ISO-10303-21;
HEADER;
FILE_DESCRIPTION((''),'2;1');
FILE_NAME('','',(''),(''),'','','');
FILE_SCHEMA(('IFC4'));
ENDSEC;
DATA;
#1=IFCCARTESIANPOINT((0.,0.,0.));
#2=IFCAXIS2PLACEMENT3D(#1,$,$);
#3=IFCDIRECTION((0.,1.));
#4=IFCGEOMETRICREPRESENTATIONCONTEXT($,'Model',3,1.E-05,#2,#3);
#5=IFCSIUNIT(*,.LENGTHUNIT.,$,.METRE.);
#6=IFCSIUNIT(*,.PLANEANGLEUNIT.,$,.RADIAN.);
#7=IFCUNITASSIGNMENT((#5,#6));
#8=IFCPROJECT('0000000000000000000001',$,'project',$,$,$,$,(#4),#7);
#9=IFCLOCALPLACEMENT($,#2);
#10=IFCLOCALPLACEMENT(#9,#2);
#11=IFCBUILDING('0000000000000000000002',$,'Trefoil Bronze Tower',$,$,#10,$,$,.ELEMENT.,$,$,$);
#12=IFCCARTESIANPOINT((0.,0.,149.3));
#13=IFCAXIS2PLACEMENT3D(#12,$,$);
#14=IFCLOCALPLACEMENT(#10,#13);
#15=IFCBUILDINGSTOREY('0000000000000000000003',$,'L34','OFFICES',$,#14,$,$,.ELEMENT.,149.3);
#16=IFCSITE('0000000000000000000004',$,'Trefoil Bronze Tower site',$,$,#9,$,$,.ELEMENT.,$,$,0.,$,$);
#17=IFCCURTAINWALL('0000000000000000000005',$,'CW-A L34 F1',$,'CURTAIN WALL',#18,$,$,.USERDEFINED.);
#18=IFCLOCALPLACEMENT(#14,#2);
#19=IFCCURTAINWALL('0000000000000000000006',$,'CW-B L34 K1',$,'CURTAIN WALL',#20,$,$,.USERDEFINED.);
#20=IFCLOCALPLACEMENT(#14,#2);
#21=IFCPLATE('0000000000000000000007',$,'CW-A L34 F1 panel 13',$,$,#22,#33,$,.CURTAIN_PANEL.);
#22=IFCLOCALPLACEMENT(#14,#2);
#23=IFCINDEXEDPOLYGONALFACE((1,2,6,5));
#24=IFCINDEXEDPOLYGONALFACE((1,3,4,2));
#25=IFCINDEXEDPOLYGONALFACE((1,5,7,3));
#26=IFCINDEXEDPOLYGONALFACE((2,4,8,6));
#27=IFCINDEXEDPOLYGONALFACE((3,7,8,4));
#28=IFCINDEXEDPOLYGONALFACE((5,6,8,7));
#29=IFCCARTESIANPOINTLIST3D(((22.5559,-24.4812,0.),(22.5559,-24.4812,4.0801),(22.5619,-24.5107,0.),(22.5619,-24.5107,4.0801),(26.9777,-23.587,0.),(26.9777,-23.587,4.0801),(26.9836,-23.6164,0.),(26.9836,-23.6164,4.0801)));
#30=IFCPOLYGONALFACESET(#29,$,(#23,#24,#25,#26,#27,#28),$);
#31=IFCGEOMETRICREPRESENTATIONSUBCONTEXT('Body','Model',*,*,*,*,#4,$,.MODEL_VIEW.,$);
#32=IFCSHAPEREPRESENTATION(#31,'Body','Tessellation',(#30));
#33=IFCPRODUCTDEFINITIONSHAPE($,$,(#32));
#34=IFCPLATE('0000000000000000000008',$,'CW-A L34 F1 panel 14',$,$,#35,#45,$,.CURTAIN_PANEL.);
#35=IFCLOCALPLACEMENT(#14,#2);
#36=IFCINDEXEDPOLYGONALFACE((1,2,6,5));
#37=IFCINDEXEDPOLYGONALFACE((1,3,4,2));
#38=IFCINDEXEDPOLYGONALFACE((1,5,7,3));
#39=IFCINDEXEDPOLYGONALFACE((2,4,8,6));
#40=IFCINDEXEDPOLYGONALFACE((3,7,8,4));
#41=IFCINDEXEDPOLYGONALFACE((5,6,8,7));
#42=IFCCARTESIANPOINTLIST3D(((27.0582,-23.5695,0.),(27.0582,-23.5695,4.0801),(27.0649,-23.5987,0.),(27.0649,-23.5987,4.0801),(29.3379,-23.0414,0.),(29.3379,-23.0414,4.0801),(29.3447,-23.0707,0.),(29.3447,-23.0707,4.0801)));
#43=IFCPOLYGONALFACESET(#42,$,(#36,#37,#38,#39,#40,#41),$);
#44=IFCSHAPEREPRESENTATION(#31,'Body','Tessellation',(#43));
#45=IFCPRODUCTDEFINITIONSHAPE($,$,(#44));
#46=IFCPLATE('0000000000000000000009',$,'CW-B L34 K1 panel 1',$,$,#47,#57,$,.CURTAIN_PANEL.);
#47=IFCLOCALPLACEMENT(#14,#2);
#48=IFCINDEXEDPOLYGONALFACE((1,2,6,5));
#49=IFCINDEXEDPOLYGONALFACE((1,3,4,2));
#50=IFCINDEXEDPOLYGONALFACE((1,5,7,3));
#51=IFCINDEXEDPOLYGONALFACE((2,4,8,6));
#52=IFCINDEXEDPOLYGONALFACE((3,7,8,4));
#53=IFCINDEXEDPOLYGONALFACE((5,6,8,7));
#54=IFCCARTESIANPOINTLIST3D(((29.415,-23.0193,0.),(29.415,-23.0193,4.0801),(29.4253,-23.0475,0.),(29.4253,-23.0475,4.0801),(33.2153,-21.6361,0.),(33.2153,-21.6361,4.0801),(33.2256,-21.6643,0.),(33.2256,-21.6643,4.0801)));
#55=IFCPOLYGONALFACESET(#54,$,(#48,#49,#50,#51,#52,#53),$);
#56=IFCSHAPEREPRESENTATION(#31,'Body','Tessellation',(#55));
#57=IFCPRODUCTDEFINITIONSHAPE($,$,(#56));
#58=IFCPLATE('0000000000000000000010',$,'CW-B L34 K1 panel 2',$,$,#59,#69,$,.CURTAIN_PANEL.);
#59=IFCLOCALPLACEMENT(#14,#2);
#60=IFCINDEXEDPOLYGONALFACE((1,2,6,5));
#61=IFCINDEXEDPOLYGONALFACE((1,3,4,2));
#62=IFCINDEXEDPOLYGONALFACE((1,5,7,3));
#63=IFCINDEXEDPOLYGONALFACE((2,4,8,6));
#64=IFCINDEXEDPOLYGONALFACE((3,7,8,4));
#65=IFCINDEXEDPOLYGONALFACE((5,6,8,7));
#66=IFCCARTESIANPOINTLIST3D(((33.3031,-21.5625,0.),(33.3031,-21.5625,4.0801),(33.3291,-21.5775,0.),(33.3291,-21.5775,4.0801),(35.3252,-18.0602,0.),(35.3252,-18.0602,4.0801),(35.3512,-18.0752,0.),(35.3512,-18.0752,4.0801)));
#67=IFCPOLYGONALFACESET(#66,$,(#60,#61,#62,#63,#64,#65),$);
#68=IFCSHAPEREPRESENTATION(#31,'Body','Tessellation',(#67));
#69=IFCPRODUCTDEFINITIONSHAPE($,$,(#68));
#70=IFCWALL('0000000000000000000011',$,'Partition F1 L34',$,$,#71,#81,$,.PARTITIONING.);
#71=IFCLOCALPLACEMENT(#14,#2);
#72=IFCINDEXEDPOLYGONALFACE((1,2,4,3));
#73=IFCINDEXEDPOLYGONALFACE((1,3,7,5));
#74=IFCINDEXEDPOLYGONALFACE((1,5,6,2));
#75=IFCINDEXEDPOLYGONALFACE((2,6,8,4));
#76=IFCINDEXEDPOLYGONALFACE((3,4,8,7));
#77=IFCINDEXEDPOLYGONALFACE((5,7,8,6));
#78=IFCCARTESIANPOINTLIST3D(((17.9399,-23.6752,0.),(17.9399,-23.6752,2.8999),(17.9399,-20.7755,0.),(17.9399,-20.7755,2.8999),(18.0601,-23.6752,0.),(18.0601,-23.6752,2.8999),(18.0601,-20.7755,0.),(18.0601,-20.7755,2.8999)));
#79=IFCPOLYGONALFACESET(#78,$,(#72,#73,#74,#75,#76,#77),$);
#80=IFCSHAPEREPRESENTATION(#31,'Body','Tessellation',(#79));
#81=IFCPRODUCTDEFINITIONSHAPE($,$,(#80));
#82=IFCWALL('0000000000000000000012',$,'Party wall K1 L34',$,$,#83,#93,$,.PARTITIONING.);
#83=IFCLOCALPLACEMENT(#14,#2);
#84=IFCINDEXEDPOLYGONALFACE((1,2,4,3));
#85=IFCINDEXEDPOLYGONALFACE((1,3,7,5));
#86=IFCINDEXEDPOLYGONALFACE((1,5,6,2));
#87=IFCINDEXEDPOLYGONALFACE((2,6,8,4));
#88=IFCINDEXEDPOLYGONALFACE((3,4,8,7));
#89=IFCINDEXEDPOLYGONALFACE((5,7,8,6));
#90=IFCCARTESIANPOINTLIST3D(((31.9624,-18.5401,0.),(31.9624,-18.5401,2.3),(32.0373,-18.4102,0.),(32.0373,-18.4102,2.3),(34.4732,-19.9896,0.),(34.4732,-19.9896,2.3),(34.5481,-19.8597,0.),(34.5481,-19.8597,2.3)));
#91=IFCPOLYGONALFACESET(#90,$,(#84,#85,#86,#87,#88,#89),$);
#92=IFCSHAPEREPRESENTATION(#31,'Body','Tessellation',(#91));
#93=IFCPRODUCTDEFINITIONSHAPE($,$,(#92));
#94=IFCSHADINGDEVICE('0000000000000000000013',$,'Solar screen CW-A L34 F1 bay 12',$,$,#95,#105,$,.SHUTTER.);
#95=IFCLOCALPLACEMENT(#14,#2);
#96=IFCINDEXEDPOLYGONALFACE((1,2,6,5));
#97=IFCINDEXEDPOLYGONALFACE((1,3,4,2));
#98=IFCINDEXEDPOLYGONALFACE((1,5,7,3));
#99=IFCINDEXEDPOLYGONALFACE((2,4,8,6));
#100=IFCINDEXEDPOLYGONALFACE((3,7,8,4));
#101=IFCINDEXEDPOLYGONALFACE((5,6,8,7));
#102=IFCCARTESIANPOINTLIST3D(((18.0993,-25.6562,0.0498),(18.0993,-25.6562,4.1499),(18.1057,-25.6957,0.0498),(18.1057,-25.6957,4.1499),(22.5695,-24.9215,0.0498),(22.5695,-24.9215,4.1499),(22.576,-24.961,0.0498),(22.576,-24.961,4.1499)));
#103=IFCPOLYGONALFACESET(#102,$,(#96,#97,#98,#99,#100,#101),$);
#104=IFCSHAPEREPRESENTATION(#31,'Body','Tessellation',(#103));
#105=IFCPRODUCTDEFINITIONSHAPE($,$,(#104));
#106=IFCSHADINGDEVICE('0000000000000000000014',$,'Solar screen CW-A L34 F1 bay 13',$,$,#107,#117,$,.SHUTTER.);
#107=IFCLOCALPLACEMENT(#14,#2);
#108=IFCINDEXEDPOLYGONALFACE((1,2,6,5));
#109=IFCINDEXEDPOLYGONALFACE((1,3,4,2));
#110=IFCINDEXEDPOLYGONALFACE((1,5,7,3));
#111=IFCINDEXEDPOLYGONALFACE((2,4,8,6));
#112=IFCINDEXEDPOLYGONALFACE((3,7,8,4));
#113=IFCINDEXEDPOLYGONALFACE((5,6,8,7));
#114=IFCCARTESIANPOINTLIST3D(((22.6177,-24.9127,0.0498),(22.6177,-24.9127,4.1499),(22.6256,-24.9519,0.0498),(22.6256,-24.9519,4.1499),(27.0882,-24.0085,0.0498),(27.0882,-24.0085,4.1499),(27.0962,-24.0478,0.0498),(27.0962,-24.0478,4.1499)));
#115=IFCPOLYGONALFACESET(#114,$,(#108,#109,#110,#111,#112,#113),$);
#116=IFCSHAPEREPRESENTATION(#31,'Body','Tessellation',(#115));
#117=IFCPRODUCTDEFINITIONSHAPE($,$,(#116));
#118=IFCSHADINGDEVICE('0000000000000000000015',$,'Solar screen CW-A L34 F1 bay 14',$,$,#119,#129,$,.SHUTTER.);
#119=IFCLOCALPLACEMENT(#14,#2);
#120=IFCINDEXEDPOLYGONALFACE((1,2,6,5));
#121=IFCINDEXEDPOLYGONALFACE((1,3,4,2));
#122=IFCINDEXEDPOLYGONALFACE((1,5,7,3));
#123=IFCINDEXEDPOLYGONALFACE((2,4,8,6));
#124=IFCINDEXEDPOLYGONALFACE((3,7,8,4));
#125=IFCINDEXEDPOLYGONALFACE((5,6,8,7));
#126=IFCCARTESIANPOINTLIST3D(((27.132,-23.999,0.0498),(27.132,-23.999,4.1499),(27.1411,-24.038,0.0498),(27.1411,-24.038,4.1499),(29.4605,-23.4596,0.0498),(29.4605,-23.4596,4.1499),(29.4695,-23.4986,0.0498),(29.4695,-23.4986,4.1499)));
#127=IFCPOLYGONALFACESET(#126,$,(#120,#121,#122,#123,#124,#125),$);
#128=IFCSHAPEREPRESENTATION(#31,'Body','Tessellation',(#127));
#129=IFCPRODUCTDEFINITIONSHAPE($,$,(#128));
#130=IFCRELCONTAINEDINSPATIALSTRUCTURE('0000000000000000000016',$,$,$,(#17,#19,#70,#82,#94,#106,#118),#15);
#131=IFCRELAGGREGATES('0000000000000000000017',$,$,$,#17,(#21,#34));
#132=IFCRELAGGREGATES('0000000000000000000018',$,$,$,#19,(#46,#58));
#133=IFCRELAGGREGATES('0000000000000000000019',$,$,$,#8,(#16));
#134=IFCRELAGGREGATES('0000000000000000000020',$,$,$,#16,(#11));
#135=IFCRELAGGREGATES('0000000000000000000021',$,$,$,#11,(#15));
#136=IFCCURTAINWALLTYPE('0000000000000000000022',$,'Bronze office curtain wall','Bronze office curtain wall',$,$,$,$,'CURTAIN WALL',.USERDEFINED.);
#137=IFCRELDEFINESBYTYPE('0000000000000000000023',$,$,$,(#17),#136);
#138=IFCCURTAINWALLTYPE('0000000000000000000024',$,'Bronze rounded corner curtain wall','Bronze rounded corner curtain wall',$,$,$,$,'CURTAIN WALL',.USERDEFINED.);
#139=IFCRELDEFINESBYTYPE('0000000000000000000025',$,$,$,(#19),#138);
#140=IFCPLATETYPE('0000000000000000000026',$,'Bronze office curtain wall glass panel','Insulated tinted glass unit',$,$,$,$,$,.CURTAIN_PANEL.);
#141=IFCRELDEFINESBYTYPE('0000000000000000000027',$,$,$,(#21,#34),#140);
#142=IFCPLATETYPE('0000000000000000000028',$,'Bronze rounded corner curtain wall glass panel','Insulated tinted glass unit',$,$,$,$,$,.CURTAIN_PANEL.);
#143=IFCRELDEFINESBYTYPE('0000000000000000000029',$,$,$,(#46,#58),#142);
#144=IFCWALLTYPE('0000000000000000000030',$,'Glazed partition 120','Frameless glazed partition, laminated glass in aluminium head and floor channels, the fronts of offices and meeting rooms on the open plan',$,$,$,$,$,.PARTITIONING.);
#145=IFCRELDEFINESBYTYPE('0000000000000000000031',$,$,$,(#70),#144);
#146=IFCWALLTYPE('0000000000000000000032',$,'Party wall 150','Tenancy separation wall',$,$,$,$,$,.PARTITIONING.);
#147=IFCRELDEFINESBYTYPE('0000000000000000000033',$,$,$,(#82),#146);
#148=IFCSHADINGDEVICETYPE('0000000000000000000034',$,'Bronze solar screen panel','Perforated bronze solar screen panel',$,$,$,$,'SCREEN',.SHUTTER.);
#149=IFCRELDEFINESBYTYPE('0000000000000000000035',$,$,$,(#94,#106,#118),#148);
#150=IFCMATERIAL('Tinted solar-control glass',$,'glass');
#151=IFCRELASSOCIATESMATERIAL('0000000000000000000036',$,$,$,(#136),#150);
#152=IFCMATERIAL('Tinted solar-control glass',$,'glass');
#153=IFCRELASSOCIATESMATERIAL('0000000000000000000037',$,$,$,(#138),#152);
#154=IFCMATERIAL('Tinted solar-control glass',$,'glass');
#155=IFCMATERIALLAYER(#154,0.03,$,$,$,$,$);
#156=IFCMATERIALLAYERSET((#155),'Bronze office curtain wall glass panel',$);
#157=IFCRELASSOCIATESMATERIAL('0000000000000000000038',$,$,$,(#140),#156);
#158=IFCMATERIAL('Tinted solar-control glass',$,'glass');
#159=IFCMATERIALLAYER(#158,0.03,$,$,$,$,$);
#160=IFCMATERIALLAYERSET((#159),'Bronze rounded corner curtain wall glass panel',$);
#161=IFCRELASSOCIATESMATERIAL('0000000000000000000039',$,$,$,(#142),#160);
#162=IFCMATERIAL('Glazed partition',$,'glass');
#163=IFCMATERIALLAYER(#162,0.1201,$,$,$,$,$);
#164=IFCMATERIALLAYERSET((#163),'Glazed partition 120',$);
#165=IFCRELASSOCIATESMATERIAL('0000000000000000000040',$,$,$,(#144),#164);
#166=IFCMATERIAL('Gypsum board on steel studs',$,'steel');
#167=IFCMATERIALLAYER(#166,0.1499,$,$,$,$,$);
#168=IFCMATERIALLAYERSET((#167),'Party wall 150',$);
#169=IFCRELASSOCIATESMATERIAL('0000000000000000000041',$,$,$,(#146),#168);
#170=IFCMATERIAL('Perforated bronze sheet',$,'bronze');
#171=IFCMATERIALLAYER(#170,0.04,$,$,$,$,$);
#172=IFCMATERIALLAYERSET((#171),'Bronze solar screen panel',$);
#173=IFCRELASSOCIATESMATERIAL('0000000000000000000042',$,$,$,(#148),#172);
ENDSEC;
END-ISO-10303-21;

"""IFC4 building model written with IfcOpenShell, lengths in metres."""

from ifc_helpers import new_model, si_unit, direction, frame, frame_2d, origin, origin_2d, place, context, subcontext, project, spatial, rectangle, extrude, material, layer, layer_set, type_object, element, aggregate, save


model = new_model("IFC4")

# Units and contexts
model_context = context("Model", 3, precision=1e-05, world=origin(), true_north=direction((0.0, 1.0)))
body_context = subcontext(model_context, "Body", "Model", "MODEL_VIEW")
ifc_project = project(units=[si_unit("LENGTHUNIT", "METRE"), si_unit("PLANEANGLEUNIT", "RADIAN")], contexts=[model_context])

# Site, building, storey
site_placement = place(None, origin())
site = spatial("IfcSite", under=ifc_project, at=site_placement, Name="Trefoil Bronze Tower site", CompositionType="ELEMENT", RefElevation=0.0)
building_placement = place(site_placement, origin())
building = spatial("IfcBuilding", under=site, at=building_placement, Name="Trefoil Bronze Tower", CompositionType="ELEMENT")
storey_placement = place(building_placement, frame((0.0, 0.0, 149.3)))
storey = spatial("IfcBuildingStorey", under=building, at=storey_placement, Name="L34", Description="OFFICES", CompositionType="ELEMENT", Elevation=149.3)

# Curtain walls
ifc_material_1 = material(Name="Tinted solar-control glass", Category="glass")
curtain_wall_type_1 = type_object("IfcCurtainWallType", Name="Bronze office curtain wall", Description="Bronze office curtain wall", ElementType="CURTAIN WALL", PredefinedType="USERDEFINED", material=ifc_material_1)
curtain_wall_1_placement = place(storey_placement, origin())
curtain_wall_1 = element("IfcCurtainWall", 1, at=curtain_wall_1_placement, inside=storey, type_object=curtain_wall_type_1, Name="CW-A L34 F1", ObjectType="CURTAIN WALL", PredefinedType="USERDEFINED")
ifc_material_2 = material(Name="Tinted solar-control glass", Category="glass")
curtain_wall_type_2 = type_object("IfcCurtainWallType", Name="Bronze rounded corner curtain wall", Description="Bronze rounded corner curtain wall", ElementType="CURTAIN WALL", PredefinedType="USERDEFINED", material=ifc_material_2)
curtain_wall_2_placement = place(storey_placement, origin())
curtain_wall_2 = element("IfcCurtainWall", 2, at=curtain_wall_2_placement, inside=storey, type_object=curtain_wall_type_2, Name="CW-B L34 K1", ObjectType="CURTAIN WALL", PredefinedType="USERDEFINED")

# Plates
ifc_material_3 = material(Name="Tinted solar-control glass", Category="glass")
ifc_layer_1 = layer(ifc_material_3, 0.03)
ifc_layer_set_1 = layer_set([ifc_layer_1], Name="Bronze office curtain wall glass panel")
plate_type_1 = type_object("IfcPlateType", Name="Bronze office curtain wall glass panel", Description="Insulated tinted glass unit", PredefinedType="CURTAIN_PANEL", material=ifc_layer_set_1)
plate_1_placement = place(storey_placement, frame((24.7698, -24.0488, 0.0), z_axis=(0.0, 0.0, 1.0), x_axis=(0.980155, 0.198232, 0.0)))
plate_1 = element("IfcPlate", 3, at=plate_1_placement, type_object=plate_type_1, Name="CW-A L34 F1 panel 13", PredefinedType="CURTAIN_PANEL", context=body_context, shape_type="SweptSolid", body=[
    extrude(rectangle(XDim=4.5112, YDim=0.03, at=origin_2d()), origin(), (0.0, 0.0, 1.0), 4.0801),
])
plate_2_placement = place(storey_placement, frame((28.2014, -23.3201, 0.0), z_axis=(0.0, 0.0, 1.0), x_axis=(0.974204, 0.225667, 0.0)))
plate_2 = element("IfcPlate", 4, at=plate_2_placement, type_object=plate_type_1, Name="CW-A L34 F1 panel 14", PredefinedType="CURTAIN_PANEL", context=body_context, shape_type="SweptSolid", body=[
    extrude(rectangle(XDim=2.3401, YDim=0.03, at=origin_2d()), origin(), (0.0, 0.0, 1.0), 4.0801),
])
aggregate(curtain_wall_1, [plate_1, plate_2])
ifc_material_4 = material(Name="Tinted solar-control glass", Category="glass")
ifc_layer_2 = layer(ifc_material_4, 0.03)
ifc_layer_set_2 = layer_set([ifc_layer_2], Name="Bronze rounded corner curtain wall glass panel")
plate_type_2 = type_object("IfcPlateType", Name="Bronze rounded corner curtain wall glass panel", Description="Insulated tinted glass unit", PredefinedType="CURTAIN_PANEL", material=ifc_layer_set_2)
plate_3_placement = place(storey_placement, frame((31.3203, -22.3418, 0.0), z_axis=(0.0, 0.0, 1.0), x_axis=(0.939693, 0.34202, 0.0)))
plate_3 = element("IfcPlate", 5, at=plate_3_placement, type_object=plate_type_2, Name="CW-B L34 K1 panel 1", PredefinedType="CURTAIN_PANEL", context=body_context, shape_type="SweptSolid", body=[
    extrude(rectangle(XDim=4.0442, YDim=0.03, at=origin_2d()), origin(), (0.0, 0.0, 1.0), 4.0801),
])
plate_4_placement = place(storey_placement, frame((34.3271, -19.8188, 0.0), z_axis=(0.0, 0.0, 1.0), x_axis=(0.5, 0.866025, 0.0)))
plate_4 = element("IfcPlate", 6, at=plate_4_placement, type_object=plate_type_2, Name="CW-B L34 K1 panel 2", PredefinedType="CURTAIN_PANEL", context=body_context, shape_type="SweptSolid", body=[
    extrude(rectangle(XDim=4.0442, YDim=0.03, at=origin_2d()), origin(), (0.0, 0.0, 1.0), 4.0801),
])
aggregate(curtain_wall_2, [plate_3, plate_4])

# Walls
ifc_material_5 = material(Name="Glazed partition", Category="glass")
ifc_layer_3 = layer(ifc_material_5, 0.1201)
ifc_layer_set_3 = layer_set([ifc_layer_3], Name="Glazed partition 120")
wall_type_1 = type_object("IfcWallType", Name="Glazed partition 120", Description="Frameless glazed partition, laminated glass in aluminium head and floor channels, the fronts of offices and meeting rooms on the open plan", PredefinedType="PARTITIONING", material=ifc_layer_set_3)
wall_1_placement = place(storey_placement, frame((18.0, -20.7756, 0.0), z_axis=(0.0, 0.0, 1.0), x_axis=(0.0, -1.0, 0.0)))
element("IfcWall", 7, at=wall_1_placement, inside=storey, type_object=wall_type_1, Name="Partition F1 L34", PredefinedType="PARTITIONING", context=body_context, shape_type="SweptSolid", body=[
    extrude(rectangle(XDim=2.8997, YDim=0.1201, at=frame_2d((1.4497, 0.0))), origin(), (0.0, 0.0, 1.0), 2.8999),
])
ifc_material_6 = material(Name="Gypsum board on steel studs", Category="steel")
ifc_layer_4 = layer(ifc_material_6, 0.1499)
ifc_layer_set_4 = layer_set([ifc_layer_4], Name="Party wall 150")
wall_type_2 = type_object("IfcWallType", Name="Party wall 150", Description="Tenancy separation wall", PredefinedType="PARTITIONING", material=ifc_layer_set_4)
wall_2_placement = place(storey_placement, frame((31.9998, -18.4751, 0.0), z_axis=(0.0, 0.0, 1.0), x_axis=(0.866043, -0.49997, 0.0)))
element("IfcWall", 8, at=wall_2_placement, inside=storey, type_object=wall_type_2, Name="Party wall K1 L34", PredefinedType="PARTITIONING", context=body_context, shape_type="SweptSolid", body=[
    extrude(rectangle(XDim=2.8992, YDim=0.1499, at=frame_2d((1.4497, 0.0))), origin(), (0.0, 0.0, 1.0), 2.3),
])

# Shading devices
ifc_material_7 = material(Name="Perforated bronze sheet", Category="bronze")
ifc_layer_5 = layer(ifc_material_7, 0.04)
ifc_layer_set_5 = layer_set([ifc_layer_5], Name="Bronze solar screen panel")
shading_device_type = type_object("IfcShadingDeviceType", Name="Bronze solar screen panel", Description="Perforated bronze solar screen panel", ElementType="SCREEN", PredefinedType="SHUTTER", material=ifc_layer_set_5)
shading_device_1_placement = place(storey_placement, frame((20.3376, -25.3086, 0.0498), z_axis=(0.0, 0.0, 1.0), x_axis=(0.98676, 0.162189, 0.0)))
element("IfcShadingDevice", 9, at=shading_device_1_placement, inside=storey, type_object=shading_device_type, Name="Solar screen CW-A L34 F1 bay 12", PredefinedType="SHUTTER", context=body_context, shape_type="SweptSolid", body=[
    extrude(rectangle(XDim=4.5303, YDim=0.04, at=origin_2d()), origin(), (0.0, 0.0, 1.0), 4.1001),
])
shading_device_2_placement = place(storey_placement, frame((24.8569, -24.4802, 0.0498), z_axis=(0.0, 0.0, 1.0), x_axis=(0.980155, 0.198232, 0.0)))
element("IfcShadingDevice", 10, at=shading_device_2_placement, inside=storey, type_object=shading_device_type, Name="Solar screen CW-A L34 F1 bay 13", PredefinedType="SHUTTER", context=body_context, shape_type="SweptSolid", body=[
    extrude(rectangle(XDim=4.561, YDim=0.04, at=origin_2d()), origin(), (0.0, 0.0, 1.0), 4.1001),
])
shading_device_3_placement = place(storey_placement, frame((28.3008, -23.7488, 0.0498), z_axis=(0.0, 0.0, 1.0), x_axis=(0.974204, 0.225667, 0.0)))
element("IfcShadingDevice", 11, at=shading_device_3_placement, inside=storey, type_object=shading_device_type, Name="Solar screen CW-A L34 F1 bay 14", PredefinedType="SHUTTER", context=body_context, shape_type="SweptSolid", body=[
    extrude(rectangle(XDim=2.3901, YDim=0.04, at=origin_2d()), origin(), (0.0, 0.0, 1.0), 4.1001),
])

save(model, "model.ifc")
